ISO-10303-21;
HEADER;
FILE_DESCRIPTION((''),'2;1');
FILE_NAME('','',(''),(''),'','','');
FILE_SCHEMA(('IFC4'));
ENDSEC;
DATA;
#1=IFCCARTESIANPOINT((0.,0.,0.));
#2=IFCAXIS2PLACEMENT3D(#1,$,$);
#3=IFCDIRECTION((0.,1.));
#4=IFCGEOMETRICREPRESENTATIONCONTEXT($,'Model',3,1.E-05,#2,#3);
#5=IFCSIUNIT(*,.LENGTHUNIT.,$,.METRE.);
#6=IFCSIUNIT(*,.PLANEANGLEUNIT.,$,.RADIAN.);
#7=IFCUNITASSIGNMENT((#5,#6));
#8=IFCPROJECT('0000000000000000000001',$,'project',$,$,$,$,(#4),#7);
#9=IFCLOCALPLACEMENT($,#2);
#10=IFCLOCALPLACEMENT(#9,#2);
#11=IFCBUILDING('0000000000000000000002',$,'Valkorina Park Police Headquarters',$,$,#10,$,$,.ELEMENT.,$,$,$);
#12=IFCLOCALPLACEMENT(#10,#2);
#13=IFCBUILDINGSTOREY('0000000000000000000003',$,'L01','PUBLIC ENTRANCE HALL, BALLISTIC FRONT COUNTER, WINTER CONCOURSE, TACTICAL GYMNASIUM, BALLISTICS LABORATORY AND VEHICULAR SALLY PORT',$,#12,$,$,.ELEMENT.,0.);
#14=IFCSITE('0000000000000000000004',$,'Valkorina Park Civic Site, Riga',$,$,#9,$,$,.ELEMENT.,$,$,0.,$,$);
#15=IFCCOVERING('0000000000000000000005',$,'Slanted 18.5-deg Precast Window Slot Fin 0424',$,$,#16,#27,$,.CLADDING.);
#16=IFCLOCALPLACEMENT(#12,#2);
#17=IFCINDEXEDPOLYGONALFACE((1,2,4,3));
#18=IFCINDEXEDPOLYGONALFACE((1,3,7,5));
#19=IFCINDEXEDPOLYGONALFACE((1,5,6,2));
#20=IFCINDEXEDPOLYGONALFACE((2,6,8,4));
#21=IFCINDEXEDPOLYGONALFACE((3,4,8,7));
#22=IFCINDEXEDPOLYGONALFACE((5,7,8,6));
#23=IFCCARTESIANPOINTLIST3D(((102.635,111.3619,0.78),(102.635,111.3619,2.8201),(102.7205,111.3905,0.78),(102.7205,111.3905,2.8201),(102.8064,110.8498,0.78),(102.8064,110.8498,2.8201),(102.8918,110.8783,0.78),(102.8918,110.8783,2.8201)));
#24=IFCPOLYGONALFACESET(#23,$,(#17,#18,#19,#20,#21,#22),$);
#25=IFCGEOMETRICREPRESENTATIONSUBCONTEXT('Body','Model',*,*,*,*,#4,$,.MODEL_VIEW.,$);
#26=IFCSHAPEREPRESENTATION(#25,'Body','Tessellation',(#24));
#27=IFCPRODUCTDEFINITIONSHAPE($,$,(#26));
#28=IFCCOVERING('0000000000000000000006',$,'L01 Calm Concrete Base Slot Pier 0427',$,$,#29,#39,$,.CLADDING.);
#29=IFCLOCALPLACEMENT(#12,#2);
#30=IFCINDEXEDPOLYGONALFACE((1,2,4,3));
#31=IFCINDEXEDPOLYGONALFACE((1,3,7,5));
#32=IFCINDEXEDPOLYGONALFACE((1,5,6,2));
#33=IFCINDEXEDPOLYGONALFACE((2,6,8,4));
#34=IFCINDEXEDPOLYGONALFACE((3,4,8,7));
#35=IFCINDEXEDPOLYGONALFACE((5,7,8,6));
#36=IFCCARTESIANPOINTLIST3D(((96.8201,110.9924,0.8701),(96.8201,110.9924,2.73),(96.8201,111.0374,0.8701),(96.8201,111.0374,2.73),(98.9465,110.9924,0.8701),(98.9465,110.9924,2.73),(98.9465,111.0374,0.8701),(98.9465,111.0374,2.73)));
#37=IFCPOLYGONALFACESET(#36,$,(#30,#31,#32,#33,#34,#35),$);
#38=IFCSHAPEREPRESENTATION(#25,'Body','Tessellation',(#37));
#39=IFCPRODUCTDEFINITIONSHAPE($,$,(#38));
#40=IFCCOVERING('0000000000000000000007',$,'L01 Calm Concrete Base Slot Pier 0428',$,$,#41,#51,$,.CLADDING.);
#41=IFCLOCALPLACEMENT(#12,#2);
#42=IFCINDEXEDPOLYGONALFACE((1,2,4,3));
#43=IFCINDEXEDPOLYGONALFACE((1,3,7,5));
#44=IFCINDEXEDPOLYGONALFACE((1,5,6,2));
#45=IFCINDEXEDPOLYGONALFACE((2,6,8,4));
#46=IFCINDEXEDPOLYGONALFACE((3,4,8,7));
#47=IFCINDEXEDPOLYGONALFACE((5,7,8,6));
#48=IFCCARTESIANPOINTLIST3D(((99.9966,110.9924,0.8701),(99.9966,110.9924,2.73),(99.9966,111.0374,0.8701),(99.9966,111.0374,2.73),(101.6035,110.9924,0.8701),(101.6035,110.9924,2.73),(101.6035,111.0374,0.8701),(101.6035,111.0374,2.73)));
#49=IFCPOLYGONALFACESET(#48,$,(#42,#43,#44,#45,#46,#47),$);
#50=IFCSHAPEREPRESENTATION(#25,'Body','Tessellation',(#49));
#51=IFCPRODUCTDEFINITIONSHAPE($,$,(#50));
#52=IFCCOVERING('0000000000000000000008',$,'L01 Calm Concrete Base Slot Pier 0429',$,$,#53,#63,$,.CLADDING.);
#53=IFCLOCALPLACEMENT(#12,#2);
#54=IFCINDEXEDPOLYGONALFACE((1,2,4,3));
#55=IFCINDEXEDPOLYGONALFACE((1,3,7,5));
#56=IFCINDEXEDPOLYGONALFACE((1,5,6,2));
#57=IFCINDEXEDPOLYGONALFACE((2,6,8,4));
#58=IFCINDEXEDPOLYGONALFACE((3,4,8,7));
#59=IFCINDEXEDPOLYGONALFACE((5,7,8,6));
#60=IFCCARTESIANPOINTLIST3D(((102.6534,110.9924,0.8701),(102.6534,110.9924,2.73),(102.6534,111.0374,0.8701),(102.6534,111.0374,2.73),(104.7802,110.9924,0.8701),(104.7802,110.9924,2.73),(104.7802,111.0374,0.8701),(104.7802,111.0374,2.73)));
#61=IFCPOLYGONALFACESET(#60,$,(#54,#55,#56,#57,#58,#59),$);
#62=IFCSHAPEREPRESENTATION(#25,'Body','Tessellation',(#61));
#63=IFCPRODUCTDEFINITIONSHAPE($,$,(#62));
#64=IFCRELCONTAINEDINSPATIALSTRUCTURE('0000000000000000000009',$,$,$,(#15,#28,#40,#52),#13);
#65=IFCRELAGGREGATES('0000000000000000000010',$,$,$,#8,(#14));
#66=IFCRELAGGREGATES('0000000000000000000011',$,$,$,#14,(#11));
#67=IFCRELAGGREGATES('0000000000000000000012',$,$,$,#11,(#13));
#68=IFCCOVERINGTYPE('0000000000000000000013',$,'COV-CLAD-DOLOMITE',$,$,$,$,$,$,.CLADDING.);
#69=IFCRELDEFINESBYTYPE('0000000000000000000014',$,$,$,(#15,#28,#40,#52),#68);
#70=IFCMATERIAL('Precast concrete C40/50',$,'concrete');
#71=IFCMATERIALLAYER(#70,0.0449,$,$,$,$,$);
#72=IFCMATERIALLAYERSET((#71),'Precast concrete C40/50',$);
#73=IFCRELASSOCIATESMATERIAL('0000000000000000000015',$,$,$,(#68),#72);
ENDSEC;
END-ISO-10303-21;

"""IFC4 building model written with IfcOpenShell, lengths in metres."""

from ifc_helpers import new_model, si_unit, direction, frame, frame_2d, origin, origin_2d, place, context, subcontext, project, spatial, rectangle, extrude, material, layer, layer_set, type_object, element, save


model = new_model("IFC4")

# Units and contexts
model_context = context("Model", 3, precision=1e-05, world=origin(), true_north=direction((0.0, 1.0)))
body_context = subcontext(model_context, "Body", "Model", "MODEL_VIEW")
ifc_project = project(units=[si_unit("LENGTHUNIT", "METRE"), si_unit("PLANEANGLEUNIT", "RADIAN")], contexts=[model_context])

# Site, building, storey
site_placement = place(None, origin())
site = spatial("IfcSite", under=ifc_project, at=site_placement, Name="Valkorina Park Civic Site, Riga", CompositionType="ELEMENT", RefElevation=0.0)
building_placement = place(site_placement, origin())
building = spatial("IfcBuilding", under=site, at=building_placement, Name="Valkorina Park Police Headquarters", CompositionType="ELEMENT")
storey_placement = place(building_placement, origin())
storey = spatial("IfcBuildingStorey", under=building, at=storey_placement, Name="L01", Description="PUBLIC ENTRANCE HALL, BALLISTIC FRONT COUNTER, WINTER CONCOURSE, TACTICAL GYMNASIUM, BALLISTICS LABORATORY AND VEHICULAR SALLY PORT", CompositionType="ELEMENT", Elevation=0.0)

# Coverings
ifc_material_1 = material(Name="Precast concrete C40/50", Category="concrete")
ifc_layer_1 = layer(ifc_material_1, 0.0449)
ifc_layer_set_1 = layer_set([ifc_layer_1], Name="Precast concrete C40/50")
covering_type = type_object("IfcCoveringType", Name="COV-CLAD-DOLOMITE", PredefinedType="CLADDING", material=ifc_layer_set_1)
for number, where, z_axis, x_axis, name in (
    (1, (102.7634, 111.1201, 0.78), (0.0, 0.0, 1.0), (-0.317305, 0.948324, 0.0), "Slanted 18.5-deg Precast Window Slot Fin 0424"),
):
    element("IfcCovering", number, at=place(storey_placement, frame(where, z_axis=z_axis, x_axis=x_axis)), inside=storey, type_object=covering_type, Name=name, PredefinedType="CLADDING", context=body_context, shape_type="SweptSolid", body=[
        extrude(rectangle(XDim=0.54, YDim=0.0901, at=origin_2d()), origin(), (0.0, 0.0, 1.0), 2.04),
    ])
covering_1_placement = place(storey_placement, frame((96.8201, 111.0149, 0.8701), z_axis=(0.0, 0.0, 1.0), x_axis=(1.0, 0.0, 0.0)))
element("IfcCovering", 2, at=covering_1_placement, inside=storey, type_object=covering_type, Name="L01 Calm Concrete Base Slot Pier 0427", PredefinedType="CLADDING", context=body_context, shape_type="SweptSolid", body=[
    extrude(rectangle(XDim=2.1265, YDim=0.0449, at=frame_2d((1.0632, 0.0))), origin(), (0.0, 0.0, 1.0), 1.8599),
])
covering_2_placement = place(storey_placement, frame((99.9966, 111.0149, 0.8701), z_axis=(0.0, 0.0, 1.0), x_axis=(1.0, 0.0, 0.0)))
element("IfcCovering", 3, at=covering_2_placement, inside=storey, type_object=covering_type, Name="L01 Calm Concrete Base Slot Pier 0428", PredefinedType="CLADDING", context=body_context, shape_type="SweptSolid", body=[
    extrude(rectangle(XDim=1.6069, YDim=0.0449, at=frame_2d((0.8035, 0.0))), origin(), (0.0, 0.0, 1.0), 1.8599),
])
covering_3_placement = place(storey_placement, frame((102.6533, 111.0149, 0.8701), z_axis=(0.0, 0.0, 1.0), x_axis=(1.0, 0.0, 0.0)))
element("IfcCovering", 4, at=covering_3_placement, inside=storey, type_object=covering_type, Name="L01 Calm Concrete Base Slot Pier 0429", PredefinedType="CLADDING", context=body_context, shape_type="SweptSolid", body=[
    extrude(rectangle(XDim=2.1267, YDim=0.0449, at=frame_2d((1.0635, 0.0))), origin(), (0.0, 0.0, 1.0), 1.8599),
])

save(model, "model.ifc")
